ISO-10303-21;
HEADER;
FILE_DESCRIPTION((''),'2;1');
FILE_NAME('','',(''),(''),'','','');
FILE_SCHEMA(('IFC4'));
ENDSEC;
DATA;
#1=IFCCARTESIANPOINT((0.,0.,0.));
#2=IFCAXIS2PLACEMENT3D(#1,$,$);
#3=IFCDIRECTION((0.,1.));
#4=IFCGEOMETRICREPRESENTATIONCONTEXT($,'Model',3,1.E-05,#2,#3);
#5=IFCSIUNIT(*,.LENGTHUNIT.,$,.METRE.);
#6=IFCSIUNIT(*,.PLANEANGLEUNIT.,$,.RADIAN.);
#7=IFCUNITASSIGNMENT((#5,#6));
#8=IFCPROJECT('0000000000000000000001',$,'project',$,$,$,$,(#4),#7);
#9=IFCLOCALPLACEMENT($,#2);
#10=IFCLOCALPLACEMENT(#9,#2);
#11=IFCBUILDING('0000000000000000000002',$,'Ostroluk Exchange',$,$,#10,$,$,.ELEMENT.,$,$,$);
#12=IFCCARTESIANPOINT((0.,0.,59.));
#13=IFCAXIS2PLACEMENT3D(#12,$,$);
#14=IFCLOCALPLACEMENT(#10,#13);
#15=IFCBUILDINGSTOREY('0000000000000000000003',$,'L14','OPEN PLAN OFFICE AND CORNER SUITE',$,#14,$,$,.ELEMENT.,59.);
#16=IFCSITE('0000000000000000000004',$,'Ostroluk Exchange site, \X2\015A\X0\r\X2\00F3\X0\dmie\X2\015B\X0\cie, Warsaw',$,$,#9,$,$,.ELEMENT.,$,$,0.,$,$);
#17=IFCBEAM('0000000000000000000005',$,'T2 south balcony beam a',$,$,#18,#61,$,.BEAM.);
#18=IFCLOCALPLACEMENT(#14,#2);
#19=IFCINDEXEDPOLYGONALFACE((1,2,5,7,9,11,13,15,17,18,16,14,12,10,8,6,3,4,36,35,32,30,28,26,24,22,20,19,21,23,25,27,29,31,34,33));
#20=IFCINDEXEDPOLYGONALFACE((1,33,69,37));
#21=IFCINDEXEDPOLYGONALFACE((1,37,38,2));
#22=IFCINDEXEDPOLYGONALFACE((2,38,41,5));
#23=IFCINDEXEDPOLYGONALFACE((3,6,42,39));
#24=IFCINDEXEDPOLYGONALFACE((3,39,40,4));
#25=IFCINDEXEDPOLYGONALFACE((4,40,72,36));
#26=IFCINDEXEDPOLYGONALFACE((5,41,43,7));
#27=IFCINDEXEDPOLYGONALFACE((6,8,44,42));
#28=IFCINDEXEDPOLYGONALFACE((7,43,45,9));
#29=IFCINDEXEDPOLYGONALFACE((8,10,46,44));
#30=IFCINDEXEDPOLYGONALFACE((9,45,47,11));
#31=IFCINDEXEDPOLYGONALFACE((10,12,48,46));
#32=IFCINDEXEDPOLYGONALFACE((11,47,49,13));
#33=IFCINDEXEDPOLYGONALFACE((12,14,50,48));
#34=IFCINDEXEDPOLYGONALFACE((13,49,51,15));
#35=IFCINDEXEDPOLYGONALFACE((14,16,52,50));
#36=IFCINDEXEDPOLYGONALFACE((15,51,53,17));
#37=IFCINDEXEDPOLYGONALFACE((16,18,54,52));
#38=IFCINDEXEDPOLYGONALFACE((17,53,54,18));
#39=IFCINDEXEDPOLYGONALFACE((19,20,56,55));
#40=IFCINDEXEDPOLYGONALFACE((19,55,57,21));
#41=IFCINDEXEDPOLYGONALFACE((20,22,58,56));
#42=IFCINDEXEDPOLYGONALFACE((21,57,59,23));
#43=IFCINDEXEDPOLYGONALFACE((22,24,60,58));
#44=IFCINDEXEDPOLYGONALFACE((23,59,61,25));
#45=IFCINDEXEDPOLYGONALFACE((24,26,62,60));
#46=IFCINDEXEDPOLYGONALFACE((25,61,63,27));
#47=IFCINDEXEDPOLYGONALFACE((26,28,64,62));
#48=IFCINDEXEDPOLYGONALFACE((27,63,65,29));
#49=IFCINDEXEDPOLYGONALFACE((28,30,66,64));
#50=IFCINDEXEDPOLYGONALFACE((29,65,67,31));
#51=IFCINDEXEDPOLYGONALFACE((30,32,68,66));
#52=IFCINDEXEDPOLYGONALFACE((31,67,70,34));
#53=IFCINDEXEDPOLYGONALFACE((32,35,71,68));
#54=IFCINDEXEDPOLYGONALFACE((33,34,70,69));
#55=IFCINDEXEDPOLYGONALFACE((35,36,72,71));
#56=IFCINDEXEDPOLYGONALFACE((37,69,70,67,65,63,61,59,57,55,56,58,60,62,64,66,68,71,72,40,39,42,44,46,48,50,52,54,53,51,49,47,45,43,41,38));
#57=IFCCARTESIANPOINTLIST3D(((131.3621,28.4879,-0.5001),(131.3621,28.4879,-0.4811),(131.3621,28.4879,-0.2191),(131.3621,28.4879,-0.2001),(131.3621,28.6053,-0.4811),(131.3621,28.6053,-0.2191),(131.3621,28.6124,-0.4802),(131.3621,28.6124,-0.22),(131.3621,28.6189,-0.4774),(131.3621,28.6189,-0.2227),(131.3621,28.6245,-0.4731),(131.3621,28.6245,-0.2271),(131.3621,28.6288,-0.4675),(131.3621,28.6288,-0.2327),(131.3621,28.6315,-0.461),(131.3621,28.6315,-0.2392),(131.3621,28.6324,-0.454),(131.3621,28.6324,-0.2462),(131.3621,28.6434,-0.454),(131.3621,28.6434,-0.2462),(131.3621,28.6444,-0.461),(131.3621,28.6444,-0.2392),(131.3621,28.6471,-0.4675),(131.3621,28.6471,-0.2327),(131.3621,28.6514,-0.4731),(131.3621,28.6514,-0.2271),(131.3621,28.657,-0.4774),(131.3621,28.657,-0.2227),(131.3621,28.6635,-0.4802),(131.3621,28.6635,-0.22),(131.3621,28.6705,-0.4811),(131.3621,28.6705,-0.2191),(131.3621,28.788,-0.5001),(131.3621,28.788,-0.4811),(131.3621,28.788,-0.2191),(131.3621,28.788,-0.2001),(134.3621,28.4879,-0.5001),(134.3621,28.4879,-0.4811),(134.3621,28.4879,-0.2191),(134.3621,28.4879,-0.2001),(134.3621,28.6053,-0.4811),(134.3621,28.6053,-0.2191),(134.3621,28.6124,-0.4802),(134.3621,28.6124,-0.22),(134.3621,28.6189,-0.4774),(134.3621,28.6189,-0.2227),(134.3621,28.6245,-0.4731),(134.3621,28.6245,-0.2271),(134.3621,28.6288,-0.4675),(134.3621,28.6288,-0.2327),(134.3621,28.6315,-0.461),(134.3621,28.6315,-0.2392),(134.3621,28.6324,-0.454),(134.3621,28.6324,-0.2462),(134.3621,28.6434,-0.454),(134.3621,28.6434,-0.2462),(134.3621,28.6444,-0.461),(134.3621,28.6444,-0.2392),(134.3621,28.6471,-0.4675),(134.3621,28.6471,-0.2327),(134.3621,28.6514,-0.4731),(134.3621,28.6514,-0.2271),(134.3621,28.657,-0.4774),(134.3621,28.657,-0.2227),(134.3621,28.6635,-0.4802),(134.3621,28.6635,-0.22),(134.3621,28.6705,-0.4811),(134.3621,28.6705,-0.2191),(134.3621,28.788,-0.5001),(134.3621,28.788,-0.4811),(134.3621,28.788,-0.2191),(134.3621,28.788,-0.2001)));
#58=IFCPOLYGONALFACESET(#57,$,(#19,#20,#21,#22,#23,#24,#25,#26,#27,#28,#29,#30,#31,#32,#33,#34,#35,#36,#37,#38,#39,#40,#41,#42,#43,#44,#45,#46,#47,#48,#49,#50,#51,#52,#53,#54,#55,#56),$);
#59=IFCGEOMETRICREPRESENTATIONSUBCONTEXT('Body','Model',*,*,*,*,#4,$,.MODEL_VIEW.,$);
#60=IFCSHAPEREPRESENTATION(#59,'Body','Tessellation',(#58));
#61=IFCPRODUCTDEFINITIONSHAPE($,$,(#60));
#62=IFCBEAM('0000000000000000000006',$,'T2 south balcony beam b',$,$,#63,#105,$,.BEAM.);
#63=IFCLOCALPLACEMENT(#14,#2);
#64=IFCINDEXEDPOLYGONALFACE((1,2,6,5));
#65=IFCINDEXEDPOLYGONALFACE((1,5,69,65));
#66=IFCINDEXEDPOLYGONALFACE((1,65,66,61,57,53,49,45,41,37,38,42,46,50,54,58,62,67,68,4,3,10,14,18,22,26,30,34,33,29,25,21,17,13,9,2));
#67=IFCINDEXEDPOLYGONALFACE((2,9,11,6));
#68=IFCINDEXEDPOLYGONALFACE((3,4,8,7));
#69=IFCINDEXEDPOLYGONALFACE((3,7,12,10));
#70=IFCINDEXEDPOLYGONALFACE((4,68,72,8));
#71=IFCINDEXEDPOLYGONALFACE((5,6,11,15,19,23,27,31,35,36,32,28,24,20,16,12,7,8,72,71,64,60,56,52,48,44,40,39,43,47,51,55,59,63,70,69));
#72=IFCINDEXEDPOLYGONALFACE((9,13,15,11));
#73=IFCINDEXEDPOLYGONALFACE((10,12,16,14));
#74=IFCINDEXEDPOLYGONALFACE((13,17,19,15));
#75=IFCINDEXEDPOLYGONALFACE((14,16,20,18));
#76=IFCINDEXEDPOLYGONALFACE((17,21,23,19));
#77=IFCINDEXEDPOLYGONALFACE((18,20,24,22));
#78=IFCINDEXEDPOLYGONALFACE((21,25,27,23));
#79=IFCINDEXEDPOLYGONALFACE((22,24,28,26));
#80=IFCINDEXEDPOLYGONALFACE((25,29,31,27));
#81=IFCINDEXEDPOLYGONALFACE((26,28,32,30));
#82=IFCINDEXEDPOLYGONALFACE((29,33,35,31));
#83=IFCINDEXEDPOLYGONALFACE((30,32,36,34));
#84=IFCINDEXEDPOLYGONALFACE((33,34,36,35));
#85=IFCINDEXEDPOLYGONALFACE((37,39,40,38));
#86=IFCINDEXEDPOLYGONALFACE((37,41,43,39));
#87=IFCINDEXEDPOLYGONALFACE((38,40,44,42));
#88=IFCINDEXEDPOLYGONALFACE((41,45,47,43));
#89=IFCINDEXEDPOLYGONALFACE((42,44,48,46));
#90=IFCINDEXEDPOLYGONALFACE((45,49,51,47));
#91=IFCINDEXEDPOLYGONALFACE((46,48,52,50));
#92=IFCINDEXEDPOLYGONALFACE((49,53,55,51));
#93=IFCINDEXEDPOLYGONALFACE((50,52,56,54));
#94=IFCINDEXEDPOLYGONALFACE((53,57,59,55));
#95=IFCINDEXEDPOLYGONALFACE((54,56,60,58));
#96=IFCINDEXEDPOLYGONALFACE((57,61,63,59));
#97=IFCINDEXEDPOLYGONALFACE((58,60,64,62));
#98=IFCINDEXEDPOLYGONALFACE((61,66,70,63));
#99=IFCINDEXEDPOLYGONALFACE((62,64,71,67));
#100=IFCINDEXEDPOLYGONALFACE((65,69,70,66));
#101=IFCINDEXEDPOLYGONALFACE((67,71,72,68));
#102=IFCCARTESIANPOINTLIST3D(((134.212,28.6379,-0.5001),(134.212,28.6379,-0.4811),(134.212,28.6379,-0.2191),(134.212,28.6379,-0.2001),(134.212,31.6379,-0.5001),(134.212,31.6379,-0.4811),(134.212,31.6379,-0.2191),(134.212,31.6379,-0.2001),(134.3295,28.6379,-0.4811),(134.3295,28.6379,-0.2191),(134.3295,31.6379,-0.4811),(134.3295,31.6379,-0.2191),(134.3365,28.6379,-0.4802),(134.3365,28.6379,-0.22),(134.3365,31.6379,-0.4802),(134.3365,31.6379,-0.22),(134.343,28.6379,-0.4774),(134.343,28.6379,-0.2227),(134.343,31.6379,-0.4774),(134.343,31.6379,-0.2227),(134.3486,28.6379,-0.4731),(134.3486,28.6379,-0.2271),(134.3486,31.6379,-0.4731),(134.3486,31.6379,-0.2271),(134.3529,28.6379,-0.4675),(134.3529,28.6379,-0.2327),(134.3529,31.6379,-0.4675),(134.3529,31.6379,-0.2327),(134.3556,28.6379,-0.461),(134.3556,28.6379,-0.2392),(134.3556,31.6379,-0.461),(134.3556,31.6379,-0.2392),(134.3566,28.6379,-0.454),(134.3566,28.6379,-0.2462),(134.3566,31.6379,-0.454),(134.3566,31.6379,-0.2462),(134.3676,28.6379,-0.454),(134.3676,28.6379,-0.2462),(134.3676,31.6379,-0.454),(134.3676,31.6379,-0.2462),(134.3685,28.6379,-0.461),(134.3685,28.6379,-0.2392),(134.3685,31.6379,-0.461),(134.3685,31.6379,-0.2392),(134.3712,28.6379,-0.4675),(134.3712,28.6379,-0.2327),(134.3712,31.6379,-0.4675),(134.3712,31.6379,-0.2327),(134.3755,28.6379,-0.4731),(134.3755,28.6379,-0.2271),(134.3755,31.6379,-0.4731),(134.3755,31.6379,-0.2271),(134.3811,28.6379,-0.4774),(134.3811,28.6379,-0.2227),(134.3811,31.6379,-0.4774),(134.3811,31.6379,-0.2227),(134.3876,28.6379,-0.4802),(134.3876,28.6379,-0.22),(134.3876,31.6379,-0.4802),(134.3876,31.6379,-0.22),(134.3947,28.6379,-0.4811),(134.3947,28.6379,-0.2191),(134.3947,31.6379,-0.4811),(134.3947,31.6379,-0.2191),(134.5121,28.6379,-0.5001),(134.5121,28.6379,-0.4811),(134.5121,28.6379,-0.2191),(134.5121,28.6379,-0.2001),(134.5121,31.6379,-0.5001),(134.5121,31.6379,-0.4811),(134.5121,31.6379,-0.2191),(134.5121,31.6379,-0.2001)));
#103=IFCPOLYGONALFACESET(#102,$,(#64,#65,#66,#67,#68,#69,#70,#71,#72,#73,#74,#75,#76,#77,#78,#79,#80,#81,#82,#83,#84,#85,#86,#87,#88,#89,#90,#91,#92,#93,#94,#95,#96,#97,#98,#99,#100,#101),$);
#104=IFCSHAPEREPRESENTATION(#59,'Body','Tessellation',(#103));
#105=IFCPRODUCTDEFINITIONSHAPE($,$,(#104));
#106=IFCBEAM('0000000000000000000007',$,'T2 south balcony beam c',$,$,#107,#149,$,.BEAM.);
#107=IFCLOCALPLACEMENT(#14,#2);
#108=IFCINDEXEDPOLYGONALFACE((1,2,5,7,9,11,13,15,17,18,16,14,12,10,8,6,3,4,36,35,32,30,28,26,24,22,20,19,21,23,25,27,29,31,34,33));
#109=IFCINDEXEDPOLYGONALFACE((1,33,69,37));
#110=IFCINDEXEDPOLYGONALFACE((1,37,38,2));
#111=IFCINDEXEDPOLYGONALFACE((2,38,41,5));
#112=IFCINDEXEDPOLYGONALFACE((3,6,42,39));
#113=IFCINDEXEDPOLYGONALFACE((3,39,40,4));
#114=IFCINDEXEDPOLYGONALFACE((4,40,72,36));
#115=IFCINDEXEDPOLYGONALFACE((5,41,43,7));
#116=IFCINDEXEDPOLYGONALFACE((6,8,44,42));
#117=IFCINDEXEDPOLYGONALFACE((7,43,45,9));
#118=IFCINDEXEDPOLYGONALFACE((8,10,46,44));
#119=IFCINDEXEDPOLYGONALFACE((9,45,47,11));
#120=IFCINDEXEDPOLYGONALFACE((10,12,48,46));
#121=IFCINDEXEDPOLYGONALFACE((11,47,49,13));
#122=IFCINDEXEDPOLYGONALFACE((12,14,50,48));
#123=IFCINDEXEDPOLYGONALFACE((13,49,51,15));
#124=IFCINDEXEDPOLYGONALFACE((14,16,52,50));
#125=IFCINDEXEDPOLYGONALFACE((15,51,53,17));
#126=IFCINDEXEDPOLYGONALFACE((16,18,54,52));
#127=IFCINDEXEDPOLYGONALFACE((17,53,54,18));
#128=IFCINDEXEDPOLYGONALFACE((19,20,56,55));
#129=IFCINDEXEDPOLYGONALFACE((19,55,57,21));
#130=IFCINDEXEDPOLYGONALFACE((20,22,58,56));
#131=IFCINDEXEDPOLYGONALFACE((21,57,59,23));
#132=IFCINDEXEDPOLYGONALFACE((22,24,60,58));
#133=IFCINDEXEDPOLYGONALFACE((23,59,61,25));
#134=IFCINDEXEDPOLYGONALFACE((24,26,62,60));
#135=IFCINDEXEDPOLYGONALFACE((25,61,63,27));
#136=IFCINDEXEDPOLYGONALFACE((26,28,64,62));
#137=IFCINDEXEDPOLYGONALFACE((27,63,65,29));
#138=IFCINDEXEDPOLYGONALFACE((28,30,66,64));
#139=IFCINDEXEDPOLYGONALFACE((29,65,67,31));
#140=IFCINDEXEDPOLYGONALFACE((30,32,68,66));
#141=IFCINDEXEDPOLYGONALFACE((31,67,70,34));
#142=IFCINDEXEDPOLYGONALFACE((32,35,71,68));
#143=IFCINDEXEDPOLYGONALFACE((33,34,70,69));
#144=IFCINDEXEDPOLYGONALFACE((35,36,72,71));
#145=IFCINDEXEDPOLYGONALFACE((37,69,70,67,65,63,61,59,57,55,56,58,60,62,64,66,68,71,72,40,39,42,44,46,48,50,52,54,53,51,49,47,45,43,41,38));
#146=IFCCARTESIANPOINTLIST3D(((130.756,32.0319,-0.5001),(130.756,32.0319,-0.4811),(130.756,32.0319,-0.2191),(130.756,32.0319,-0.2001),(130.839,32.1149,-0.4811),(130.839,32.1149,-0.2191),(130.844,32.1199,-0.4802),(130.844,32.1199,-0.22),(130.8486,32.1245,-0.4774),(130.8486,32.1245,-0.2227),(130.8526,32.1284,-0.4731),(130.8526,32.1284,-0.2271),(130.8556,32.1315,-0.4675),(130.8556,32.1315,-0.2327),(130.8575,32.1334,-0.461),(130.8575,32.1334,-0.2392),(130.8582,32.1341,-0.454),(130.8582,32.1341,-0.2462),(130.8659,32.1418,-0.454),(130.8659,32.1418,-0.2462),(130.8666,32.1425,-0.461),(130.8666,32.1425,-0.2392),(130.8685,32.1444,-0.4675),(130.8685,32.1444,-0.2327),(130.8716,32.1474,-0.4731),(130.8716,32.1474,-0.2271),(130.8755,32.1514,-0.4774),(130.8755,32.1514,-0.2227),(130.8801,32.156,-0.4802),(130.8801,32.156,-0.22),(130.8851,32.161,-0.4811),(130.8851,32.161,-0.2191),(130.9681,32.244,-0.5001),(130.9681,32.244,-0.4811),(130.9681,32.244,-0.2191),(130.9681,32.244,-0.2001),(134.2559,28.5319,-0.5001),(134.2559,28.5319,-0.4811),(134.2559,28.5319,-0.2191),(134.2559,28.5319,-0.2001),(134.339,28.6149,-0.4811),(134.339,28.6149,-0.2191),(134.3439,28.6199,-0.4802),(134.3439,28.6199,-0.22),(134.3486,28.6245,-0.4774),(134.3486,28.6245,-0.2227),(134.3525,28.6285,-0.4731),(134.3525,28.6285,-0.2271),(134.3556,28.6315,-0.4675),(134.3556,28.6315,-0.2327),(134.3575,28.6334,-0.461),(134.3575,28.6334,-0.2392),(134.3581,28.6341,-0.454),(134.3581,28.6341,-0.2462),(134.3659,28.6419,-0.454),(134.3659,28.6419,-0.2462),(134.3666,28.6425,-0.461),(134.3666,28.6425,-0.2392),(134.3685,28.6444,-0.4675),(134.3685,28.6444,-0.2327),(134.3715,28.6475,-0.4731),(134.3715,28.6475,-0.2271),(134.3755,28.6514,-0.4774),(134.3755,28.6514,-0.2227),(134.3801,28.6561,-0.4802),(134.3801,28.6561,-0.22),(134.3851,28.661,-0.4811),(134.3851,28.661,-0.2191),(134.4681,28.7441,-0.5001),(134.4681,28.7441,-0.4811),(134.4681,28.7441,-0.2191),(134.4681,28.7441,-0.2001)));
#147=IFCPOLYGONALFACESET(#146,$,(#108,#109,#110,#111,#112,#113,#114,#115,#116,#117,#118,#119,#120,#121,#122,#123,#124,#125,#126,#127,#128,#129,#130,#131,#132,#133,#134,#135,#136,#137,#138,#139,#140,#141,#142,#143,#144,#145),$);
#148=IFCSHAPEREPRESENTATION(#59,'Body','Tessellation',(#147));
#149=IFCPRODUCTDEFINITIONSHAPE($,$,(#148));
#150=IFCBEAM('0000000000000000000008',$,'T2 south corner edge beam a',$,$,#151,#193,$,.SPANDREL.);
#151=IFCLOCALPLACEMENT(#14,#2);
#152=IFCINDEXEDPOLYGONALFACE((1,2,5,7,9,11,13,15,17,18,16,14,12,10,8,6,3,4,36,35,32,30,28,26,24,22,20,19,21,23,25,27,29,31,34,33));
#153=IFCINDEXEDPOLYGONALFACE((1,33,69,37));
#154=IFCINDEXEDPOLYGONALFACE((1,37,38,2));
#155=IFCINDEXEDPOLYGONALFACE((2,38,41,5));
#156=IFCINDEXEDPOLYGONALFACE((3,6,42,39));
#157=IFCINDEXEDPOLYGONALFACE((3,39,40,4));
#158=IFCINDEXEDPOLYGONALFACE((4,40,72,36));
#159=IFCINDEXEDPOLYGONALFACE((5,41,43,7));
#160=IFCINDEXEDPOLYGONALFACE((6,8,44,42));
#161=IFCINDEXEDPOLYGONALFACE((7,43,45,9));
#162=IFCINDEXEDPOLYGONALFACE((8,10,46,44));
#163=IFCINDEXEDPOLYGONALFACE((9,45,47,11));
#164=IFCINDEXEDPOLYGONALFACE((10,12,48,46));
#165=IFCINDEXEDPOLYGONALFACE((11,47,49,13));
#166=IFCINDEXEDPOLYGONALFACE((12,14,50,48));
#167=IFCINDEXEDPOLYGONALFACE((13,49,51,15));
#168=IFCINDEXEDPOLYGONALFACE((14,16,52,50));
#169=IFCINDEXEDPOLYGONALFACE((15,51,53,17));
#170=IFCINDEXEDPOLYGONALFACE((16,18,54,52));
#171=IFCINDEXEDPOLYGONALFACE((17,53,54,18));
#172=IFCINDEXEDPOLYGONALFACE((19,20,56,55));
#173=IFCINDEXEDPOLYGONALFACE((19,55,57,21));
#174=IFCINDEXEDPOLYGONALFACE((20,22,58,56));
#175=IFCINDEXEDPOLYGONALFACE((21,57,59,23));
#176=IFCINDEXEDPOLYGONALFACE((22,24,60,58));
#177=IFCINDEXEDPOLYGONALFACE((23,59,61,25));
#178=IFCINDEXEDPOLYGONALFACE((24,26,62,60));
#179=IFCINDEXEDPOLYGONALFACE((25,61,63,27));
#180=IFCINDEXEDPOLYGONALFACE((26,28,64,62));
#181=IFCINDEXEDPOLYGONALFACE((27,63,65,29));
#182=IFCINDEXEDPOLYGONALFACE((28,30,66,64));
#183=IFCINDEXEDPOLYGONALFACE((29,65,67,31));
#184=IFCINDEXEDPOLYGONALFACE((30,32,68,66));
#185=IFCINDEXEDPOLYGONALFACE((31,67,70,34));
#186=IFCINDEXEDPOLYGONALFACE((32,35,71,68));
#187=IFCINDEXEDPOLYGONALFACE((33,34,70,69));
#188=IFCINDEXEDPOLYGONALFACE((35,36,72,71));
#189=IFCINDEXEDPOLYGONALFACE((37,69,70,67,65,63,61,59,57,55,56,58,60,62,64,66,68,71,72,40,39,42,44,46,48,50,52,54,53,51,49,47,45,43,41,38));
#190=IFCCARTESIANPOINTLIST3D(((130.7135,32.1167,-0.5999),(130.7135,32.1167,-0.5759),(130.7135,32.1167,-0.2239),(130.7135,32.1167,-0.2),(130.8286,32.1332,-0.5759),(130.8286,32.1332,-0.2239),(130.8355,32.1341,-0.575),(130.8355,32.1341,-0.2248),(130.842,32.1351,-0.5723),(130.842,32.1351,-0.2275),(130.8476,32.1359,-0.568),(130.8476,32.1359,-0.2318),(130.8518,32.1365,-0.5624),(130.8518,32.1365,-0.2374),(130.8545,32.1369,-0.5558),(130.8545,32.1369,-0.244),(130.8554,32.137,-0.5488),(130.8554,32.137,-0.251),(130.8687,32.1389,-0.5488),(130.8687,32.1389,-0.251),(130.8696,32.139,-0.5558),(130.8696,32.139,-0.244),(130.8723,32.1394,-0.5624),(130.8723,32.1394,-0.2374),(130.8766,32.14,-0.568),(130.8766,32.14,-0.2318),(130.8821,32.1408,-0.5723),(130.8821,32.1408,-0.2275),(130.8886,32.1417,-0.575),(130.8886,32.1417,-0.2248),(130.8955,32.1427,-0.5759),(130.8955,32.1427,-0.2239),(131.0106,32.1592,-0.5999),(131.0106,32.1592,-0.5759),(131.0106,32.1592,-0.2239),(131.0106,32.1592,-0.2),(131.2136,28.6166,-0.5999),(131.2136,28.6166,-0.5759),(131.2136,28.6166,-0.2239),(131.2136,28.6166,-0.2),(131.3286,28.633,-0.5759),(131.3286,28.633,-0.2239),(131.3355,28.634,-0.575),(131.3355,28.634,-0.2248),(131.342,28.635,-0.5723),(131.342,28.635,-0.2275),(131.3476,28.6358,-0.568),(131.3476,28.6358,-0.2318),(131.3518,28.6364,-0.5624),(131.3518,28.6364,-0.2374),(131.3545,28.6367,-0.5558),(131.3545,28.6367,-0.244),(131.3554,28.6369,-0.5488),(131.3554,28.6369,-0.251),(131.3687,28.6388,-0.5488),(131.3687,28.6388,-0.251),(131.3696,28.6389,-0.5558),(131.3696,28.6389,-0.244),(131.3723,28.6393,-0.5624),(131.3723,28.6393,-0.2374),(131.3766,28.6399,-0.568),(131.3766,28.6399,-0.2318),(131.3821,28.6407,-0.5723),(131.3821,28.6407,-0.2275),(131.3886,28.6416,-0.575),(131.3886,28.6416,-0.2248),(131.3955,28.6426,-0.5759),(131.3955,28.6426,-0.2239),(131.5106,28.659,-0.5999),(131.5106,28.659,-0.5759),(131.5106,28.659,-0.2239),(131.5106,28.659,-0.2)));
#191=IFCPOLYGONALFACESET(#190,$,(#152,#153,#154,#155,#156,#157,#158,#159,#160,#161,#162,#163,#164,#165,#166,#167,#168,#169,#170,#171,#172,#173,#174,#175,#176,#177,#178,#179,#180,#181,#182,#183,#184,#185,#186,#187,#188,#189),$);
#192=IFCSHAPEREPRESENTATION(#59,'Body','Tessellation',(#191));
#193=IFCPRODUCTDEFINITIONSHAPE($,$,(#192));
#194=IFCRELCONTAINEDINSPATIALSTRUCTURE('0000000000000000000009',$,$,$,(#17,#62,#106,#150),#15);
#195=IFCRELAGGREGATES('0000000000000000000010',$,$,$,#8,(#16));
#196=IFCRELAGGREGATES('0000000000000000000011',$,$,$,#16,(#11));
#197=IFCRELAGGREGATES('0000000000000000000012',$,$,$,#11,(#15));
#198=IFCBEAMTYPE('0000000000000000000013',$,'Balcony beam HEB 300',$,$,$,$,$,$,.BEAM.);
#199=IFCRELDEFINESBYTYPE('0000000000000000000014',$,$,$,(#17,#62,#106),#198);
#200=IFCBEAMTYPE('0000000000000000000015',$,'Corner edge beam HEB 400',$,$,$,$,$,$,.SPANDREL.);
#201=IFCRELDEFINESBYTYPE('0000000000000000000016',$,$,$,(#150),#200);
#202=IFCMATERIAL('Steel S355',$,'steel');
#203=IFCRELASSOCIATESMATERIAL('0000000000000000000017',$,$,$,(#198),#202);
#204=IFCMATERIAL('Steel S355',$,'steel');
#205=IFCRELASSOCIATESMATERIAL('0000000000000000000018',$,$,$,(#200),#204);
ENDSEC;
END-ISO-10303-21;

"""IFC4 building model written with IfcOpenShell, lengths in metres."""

from ifc_helpers import new_model, si_unit, direction, frame, origin, origin_2d, place, context, subcontext, project, spatial, i_section, extrude, material, material_profile, profile_set, type_object, element, save


model = new_model("IFC4")

# Units and contexts
model_context = context("Model", 3, precision=1e-05, world=origin(), true_north=direction((0.0, 1.0)))
body_context = subcontext(model_context, "Body", "Model", "MODEL_VIEW")
ifc_project = project(units=[si_unit("LENGTHUNIT", "METRE"), si_unit("PLANEANGLEUNIT", "RADIAN")], contexts=[model_context])

# Site, building, storey
site_placement = place(None, origin())
site = spatial("IfcSite", under=ifc_project, at=site_placement, Name="Ostroluk Exchange site, Śródmieście, Warsaw", CompositionType="ELEMENT", RefElevation=0.0)
building_placement = place(site_placement, origin())
building = spatial("IfcBuilding", under=site, at=building_placement, Name="Ostroluk Exchange", CompositionType="ELEMENT")
storey_placement = place(building_placement, frame((0.0, 0.0, 59.0)))
storey = spatial("IfcBuildingStorey", under=building, at=storey_placement, Name="L14", Description="OPEN PLAN OFFICE AND CORNER SUITE", CompositionType="ELEMENT", Elevation=59.0)

# Beams
ifc_material_1 = material(Name="Steel S355", Category="steel")
ifc_material_profile_1 = material_profile(ifc_material_1, i_section(OverallWidth=0.3, OverallDepth=0.3, WebThickness=0.011, FlangeThickness=0.019, FilletRadius=0.0271, at=origin_2d()), Name="HEB 300")
ifc_profile_set_1 = profile_set([ifc_material_profile_1], Name="Steel S355")
beam_type_1 = type_object("IfcBeamType", Name="Balcony beam HEB 300", PredefinedType="BEAM", material=ifc_profile_set_1)
for number, where, z_axis, x_axis, name in (
    (1, (131.3621, 28.6379, -0.3501), (1.0, 0.0, 0.0), (0.0, 1.0, 0.0), "T2 south balcony beam a"),
    (2, (134.3621, 31.6379, -0.3501), (0.0, -1.0, 0.0), (1.0, 0.0, 0.0), "T2 south balcony beam b"),
):
    element("IfcBeam", number, at=place(storey_placement, frame(where, z_axis=z_axis, x_axis=x_axis)), inside=storey, type_object=beam_type_1, Name=name, PredefinedType="BEAM", context=body_context, shape_type="SweptSolid", body=[
        extrude(i_section(OverallWidth=0.3, OverallDepth=0.3, WebThickness=0.011, FlangeThickness=0.019, FilletRadius=0.0271, at=origin_2d()), origin(), (0.0, 0.0, 1.0), 3.0),
    ])
beam_1_placement = place(storey_placement, frame((130.8621, 32.1379, -0.3501), z_axis=(0.707107, -0.707107, 0.0), x_axis=(0.707107, 0.707107, 0.0)))
element("IfcBeam", 3, at=beam_1_placement, inside=storey, type_object=beam_type_1, Name="T2 south balcony beam c", PredefinedType="BEAM", context=body_context, shape_type="SweptSolid", body=[
    extrude(i_section(OverallWidth=0.3, OverallDepth=0.3, WebThickness=0.011, FlangeThickness=0.019, FilletRadius=0.0271, at=origin_2d()), origin(), (0.0, 0.0, 1.0), 4.9497),
])
ifc_material_2 = material(Name="Steel S355", Category="steel")
ifc_material_profile_2 = material_profile(ifc_material_2, i_section(OverallWidth=0.3, OverallDepth=0.3999, WebThickness=0.0134, FlangeThickness=0.0239, FilletRadius=0.0271, at=origin_2d()), Name="HEB 400")
ifc_profile_set_2 = profile_set([ifc_material_profile_2], Name="Steel S355")
beam_type_2 = type_object("IfcBeamType", Name="Corner edge beam HEB 400", PredefinedType="SPANDREL", material=ifc_profile_set_2)
for number, where, z_axis, x_axis, name in (
    (4, (130.8621, 32.1379, -0.3999), (0.141421, -0.989949, 0.0), (0.989949, 0.141421, 0.0), "T2 south corner edge beam a"),
):
    element("IfcBeam", number, at=place(storey_placement, frame(where, z_axis=z_axis, x_axis=x_axis)), inside=storey, type_object=beam_type_2, Name=name, PredefinedType="SPANDREL", context=body_context, shape_type="SweptSolid", body=[
        extrude(i_section(OverallWidth=0.3, OverallDepth=0.3999, WebThickness=0.0134, FlangeThickness=0.0239, FilletRadius=0.0271, at=origin_2d()), origin(), (0.0, 0.0, 1.0), 3.5356),
    ])

save(model, "model.ifc")
